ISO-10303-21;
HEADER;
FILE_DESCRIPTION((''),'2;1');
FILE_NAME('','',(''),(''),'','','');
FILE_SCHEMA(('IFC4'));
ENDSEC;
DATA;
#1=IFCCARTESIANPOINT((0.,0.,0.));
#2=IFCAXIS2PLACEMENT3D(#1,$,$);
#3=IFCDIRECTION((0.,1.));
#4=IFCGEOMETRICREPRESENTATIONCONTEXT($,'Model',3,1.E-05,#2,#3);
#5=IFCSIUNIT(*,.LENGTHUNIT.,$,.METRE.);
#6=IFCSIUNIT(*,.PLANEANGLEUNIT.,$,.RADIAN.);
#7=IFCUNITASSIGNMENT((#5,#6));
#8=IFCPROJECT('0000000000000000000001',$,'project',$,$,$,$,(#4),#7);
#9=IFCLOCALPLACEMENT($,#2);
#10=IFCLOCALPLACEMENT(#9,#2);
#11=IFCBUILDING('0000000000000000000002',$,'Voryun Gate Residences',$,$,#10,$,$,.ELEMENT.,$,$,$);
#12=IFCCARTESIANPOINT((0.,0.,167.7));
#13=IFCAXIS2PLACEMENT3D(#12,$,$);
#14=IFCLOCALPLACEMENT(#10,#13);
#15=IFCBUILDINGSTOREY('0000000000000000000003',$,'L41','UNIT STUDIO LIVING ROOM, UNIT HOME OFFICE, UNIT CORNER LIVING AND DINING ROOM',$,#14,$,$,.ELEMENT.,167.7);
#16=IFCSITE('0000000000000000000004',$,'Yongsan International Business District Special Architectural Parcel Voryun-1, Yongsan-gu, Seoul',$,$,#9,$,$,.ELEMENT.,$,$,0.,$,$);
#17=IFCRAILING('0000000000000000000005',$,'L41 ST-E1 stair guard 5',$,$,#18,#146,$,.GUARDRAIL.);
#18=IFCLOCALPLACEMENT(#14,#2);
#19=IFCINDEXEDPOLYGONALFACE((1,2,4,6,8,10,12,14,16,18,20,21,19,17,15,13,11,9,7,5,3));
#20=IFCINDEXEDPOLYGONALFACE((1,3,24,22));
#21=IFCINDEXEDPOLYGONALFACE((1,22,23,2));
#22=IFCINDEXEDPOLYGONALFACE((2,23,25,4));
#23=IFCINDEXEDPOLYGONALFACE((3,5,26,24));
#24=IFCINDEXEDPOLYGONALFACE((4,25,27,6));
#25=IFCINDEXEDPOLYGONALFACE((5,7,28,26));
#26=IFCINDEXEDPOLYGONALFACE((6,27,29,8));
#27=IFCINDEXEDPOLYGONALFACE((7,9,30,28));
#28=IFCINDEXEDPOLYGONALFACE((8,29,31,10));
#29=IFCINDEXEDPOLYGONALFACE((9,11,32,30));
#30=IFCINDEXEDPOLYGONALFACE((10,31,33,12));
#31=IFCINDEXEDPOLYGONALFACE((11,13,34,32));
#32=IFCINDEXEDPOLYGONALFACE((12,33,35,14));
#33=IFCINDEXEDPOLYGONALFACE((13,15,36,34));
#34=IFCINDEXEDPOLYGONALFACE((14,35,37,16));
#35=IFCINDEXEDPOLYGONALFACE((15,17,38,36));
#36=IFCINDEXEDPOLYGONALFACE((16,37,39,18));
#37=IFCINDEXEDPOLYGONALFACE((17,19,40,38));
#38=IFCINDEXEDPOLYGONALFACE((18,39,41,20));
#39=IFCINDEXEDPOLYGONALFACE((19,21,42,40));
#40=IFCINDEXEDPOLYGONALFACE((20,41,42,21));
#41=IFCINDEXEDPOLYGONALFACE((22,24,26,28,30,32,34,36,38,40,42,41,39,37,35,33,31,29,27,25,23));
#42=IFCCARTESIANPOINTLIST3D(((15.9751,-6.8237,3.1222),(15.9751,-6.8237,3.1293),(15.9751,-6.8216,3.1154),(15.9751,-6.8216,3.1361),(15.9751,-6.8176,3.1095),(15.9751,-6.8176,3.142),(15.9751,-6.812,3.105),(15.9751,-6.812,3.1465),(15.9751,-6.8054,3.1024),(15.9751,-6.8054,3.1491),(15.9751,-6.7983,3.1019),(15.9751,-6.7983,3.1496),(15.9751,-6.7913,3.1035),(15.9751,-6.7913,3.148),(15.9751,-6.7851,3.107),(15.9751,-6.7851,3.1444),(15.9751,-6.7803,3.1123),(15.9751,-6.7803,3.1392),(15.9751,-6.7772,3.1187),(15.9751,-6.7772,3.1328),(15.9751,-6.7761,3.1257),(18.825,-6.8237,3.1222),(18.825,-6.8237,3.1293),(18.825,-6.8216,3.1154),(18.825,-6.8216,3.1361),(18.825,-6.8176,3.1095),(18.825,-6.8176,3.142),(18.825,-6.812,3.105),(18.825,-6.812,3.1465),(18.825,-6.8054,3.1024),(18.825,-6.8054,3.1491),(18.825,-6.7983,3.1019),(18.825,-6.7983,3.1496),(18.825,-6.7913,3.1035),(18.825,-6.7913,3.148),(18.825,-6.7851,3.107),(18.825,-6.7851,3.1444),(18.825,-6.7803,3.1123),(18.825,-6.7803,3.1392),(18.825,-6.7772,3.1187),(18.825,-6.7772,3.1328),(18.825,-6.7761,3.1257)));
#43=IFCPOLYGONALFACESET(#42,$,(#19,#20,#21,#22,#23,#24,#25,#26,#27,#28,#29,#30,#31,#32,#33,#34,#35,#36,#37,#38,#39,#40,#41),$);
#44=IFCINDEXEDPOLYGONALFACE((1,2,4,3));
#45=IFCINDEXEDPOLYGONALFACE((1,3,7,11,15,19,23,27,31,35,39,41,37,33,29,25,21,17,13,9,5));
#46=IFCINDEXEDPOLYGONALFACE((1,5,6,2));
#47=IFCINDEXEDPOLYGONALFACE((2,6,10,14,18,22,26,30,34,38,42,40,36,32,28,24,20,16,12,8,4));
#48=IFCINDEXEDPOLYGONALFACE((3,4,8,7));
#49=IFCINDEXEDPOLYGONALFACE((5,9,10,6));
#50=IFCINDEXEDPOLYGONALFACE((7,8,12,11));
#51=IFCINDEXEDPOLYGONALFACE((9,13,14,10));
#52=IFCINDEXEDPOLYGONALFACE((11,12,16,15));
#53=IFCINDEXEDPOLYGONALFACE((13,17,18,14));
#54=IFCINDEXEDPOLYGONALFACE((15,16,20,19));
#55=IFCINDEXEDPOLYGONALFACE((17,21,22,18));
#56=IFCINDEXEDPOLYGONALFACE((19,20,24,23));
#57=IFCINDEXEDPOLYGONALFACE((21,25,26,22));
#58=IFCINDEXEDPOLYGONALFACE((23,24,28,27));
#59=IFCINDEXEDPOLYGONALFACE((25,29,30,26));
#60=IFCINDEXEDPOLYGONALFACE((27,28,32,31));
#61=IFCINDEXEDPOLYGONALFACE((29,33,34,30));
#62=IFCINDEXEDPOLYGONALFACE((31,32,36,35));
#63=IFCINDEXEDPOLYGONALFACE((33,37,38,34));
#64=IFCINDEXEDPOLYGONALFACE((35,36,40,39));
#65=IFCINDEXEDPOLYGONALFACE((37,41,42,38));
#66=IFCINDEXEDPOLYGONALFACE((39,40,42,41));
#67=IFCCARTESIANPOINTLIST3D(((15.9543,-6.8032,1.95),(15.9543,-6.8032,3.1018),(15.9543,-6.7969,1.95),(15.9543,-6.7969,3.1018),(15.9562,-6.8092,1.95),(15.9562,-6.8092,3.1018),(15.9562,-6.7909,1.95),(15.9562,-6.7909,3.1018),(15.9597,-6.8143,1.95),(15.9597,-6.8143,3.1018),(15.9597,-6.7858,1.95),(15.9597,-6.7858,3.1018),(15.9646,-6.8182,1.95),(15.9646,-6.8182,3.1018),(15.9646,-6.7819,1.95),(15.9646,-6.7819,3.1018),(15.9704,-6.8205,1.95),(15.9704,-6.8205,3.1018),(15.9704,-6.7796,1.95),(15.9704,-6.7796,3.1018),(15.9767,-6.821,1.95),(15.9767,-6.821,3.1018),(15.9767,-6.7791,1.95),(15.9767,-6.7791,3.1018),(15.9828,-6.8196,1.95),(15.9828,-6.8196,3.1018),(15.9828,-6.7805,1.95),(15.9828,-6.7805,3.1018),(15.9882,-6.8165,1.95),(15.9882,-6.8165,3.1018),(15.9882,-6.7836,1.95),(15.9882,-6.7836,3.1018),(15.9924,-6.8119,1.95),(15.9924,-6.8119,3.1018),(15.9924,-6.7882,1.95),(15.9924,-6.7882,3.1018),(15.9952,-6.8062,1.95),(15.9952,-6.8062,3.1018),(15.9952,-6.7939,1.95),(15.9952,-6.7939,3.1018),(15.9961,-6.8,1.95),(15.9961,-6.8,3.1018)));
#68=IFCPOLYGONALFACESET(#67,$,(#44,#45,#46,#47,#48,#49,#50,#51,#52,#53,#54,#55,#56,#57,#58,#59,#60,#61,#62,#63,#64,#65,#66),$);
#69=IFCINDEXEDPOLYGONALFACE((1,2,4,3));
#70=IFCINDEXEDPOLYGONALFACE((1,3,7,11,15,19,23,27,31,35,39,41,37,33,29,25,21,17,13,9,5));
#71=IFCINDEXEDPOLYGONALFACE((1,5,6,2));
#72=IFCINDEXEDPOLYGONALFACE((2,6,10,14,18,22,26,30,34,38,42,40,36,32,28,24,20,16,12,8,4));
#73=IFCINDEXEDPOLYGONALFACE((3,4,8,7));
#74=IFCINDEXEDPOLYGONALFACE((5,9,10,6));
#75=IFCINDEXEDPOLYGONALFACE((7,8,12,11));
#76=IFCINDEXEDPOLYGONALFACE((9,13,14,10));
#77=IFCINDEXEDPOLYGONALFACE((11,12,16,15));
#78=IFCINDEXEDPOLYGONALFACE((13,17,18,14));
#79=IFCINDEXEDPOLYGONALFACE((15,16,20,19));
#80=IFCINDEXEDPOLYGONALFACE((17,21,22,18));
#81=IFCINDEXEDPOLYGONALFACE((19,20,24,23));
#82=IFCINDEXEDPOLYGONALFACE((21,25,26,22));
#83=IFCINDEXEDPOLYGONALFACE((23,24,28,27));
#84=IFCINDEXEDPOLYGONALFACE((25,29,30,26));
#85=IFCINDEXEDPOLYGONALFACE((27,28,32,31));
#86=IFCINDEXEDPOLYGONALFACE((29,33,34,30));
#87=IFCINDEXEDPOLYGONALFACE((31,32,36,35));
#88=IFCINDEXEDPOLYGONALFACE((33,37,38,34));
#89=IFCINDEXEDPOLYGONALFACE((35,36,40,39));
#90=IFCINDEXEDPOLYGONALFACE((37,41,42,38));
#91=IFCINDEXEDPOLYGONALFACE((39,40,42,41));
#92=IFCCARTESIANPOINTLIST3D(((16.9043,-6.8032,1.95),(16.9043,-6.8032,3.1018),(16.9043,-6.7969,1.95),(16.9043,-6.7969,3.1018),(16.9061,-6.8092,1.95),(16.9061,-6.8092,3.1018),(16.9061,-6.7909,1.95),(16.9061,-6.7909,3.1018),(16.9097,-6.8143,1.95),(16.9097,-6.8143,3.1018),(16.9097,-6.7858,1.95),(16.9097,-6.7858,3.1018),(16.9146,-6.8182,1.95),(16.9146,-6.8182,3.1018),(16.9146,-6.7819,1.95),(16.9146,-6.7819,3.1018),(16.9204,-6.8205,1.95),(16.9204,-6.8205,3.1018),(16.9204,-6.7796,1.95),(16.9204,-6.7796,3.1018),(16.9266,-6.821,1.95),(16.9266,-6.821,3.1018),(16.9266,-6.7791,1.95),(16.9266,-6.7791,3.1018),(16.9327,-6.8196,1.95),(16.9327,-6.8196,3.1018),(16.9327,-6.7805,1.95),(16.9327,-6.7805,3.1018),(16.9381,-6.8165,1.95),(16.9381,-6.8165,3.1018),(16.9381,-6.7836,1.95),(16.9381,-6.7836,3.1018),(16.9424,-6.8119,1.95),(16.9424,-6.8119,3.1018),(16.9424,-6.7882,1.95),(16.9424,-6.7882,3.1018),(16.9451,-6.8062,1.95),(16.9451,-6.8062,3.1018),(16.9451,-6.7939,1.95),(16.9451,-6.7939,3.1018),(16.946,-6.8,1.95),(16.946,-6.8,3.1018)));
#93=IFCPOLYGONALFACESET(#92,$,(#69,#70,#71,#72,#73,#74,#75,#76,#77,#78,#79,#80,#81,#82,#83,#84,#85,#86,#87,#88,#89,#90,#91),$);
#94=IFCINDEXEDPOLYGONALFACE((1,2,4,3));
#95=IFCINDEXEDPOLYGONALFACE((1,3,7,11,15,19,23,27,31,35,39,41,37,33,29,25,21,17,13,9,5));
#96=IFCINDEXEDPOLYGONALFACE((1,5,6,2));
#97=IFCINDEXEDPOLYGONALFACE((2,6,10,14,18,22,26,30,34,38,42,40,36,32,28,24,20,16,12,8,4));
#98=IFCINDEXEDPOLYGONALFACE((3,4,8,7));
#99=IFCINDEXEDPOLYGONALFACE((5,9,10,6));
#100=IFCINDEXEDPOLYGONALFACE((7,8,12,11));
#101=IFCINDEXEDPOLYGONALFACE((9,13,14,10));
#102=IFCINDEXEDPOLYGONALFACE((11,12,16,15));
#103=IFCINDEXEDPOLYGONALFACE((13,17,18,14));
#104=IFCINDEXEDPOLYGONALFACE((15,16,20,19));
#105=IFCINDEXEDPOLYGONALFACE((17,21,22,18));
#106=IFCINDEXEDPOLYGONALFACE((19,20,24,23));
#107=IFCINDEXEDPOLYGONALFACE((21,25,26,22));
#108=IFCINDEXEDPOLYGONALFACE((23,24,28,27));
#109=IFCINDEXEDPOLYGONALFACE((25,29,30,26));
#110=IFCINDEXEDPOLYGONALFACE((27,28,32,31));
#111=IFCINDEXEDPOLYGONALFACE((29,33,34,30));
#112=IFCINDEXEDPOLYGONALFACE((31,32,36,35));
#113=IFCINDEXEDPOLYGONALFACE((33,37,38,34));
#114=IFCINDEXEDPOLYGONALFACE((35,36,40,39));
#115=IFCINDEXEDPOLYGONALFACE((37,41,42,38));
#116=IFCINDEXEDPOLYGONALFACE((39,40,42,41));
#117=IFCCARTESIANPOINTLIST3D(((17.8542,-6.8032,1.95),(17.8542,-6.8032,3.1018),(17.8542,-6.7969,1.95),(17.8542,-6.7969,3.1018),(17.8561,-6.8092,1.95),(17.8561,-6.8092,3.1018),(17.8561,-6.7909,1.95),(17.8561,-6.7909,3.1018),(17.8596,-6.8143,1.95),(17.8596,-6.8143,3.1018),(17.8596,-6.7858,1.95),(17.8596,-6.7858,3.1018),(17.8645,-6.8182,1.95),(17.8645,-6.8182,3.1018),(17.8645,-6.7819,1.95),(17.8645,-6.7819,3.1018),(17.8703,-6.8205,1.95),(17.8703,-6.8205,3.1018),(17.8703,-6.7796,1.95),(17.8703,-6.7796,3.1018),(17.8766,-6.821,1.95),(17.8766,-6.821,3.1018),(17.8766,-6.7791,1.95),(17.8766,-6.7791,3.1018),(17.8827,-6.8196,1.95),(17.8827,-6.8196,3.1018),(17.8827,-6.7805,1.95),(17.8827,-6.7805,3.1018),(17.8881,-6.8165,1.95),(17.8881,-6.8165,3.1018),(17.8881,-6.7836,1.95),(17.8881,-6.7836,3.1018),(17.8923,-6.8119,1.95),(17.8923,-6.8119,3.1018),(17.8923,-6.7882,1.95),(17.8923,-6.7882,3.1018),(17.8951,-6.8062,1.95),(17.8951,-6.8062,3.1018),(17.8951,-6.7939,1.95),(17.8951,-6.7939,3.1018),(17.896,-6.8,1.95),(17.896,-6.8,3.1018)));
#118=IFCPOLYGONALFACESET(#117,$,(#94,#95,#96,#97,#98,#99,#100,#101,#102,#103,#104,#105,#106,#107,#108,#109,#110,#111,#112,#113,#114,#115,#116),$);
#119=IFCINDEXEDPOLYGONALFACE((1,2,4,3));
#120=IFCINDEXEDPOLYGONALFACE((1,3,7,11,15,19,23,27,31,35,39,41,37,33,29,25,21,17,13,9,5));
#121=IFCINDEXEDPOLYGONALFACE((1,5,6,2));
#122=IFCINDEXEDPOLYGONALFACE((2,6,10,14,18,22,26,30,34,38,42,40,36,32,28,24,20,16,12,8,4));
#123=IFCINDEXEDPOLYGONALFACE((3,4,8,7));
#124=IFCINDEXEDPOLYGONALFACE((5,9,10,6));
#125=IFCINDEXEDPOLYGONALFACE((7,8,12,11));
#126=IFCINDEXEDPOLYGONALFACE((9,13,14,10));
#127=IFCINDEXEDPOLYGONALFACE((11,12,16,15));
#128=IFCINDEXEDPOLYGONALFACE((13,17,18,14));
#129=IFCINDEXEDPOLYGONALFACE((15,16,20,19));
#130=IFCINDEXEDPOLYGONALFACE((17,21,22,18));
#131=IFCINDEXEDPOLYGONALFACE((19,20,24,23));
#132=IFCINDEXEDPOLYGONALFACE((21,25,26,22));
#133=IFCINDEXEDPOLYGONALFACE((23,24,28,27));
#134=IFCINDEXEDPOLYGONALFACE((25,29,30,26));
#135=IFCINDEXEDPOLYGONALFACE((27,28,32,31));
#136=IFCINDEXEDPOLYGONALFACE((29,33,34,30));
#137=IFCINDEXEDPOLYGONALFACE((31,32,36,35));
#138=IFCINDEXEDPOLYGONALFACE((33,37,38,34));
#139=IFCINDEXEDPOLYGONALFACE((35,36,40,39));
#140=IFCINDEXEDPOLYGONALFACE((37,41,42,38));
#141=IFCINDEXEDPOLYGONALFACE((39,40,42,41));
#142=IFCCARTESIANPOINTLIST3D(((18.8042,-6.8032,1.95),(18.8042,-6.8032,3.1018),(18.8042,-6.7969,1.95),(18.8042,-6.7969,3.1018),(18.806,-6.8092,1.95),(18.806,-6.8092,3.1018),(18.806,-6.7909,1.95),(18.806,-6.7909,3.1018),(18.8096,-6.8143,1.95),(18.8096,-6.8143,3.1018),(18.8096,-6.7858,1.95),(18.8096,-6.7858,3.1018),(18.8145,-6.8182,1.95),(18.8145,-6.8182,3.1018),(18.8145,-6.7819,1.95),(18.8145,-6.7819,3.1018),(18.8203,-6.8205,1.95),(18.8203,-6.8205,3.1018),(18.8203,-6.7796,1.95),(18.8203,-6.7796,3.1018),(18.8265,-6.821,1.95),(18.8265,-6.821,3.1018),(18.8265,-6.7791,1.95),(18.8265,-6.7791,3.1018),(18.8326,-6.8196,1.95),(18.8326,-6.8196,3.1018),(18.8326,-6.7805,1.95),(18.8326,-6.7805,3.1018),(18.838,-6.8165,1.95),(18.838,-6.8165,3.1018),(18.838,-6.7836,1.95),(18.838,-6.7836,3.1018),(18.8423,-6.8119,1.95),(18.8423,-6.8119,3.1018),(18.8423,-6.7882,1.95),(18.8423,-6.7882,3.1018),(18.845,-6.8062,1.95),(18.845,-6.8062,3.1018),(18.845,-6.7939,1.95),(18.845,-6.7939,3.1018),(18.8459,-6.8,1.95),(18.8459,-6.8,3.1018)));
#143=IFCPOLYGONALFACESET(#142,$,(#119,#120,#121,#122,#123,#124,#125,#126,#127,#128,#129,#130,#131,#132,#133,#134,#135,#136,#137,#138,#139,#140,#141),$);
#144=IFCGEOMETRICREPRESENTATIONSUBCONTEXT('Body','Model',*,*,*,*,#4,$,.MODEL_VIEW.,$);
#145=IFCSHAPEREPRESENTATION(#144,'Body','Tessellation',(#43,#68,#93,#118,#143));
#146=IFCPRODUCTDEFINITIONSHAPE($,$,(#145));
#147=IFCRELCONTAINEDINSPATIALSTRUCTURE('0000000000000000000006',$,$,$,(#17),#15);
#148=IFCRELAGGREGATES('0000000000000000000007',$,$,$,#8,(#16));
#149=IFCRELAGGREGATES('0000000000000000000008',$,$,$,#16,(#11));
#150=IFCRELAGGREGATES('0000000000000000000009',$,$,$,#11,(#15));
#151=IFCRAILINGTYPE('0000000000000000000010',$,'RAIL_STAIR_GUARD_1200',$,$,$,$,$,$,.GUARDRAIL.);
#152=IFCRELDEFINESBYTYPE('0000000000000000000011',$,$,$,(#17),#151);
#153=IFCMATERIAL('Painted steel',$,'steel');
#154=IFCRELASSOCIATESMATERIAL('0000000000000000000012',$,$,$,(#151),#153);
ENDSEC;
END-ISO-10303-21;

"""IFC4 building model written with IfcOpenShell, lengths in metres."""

from ifc_helpers import new_model, si_unit, direction, frame, origin, origin_2d, place, context, subcontext, project, spatial, circle, extrude, material, type_object, element, save


model = new_model("IFC4")

# Units and contexts
model_context = context("Model", 3, precision=1e-05, world=origin(), true_north=direction((0.0, 1.0)))
body_context = subcontext(model_context, "Body", "Model", "MODEL_VIEW")
ifc_project = project(units=[si_unit("LENGTHUNIT", "METRE"), si_unit("PLANEANGLEUNIT", "RADIAN")], contexts=[model_context])

# Site, building, storey
site_placement = place(None, origin())
site = spatial("IfcSite", under=ifc_project, at=site_placement, Name="Yongsan International Business District Special Architectural Parcel Voryun-1, Yongsan-gu, Seoul", CompositionType="ELEMENT", RefElevation=0.0)
building_placement = place(site_placement, origin())
building = spatial("IfcBuilding", under=site, at=building_placement, Name="Voryun Gate Residences", CompositionType="ELEMENT")
storey_placement = place(building_placement, frame((0.0, 0.0, 167.7)))
storey = spatial("IfcBuildingStorey", under=building, at=storey_placement, Name="L41", Description="UNIT STUDIO LIVING ROOM, UNIT HOME OFFICE, UNIT CORNER LIVING AND DINING ROOM", CompositionType="ELEMENT", Elevation=167.7)

# Railing
ifc_material_1 = material(Name="Painted steel", Category="steel")
railing_type_1 = type_object("IfcRailingType", Name="RAIL_STAIR_GUARD_1200", PredefinedType="GUARDRAIL", material=ifc_material_1)
railing_1_placement = place(storey_placement, frame((15.9751, -6.8, 1.95)))
element("IfcRailing", 1, at=railing_1_placement, inside=storey, type_object=railing_type_1, Name="L41 ST-E1 stair guard 5", PredefinedType="GUARDRAIL", context=body_context, shape_type="SweptSolid", body=[
    extrude(circle(Radius=0.0239, at=origin_2d()), frame((0.0, 0.0, 1.1758), z_axis=(1.0, 0.0, 0.0), x_axis=(0.0, 1.0, 0.0)), (0.0, 0.0, 1.0), 2.8499),
    extrude(circle(Radius=0.021, at=origin_2d()), origin(), (0.0, 0.0, 1.0), 1.1519),
    extrude(circle(Radius=0.021, at=origin_2d()), frame((0.95, 0.0, 0.0)), (0.0, 0.0, 1.0), 1.1519),
    extrude(circle(Radius=0.021, at=origin_2d()), frame((1.8999, 0.0, 0.0)), (0.0, 0.0, 1.0), 1.1519),
    extrude(circle(Radius=0.021, at=origin_2d()), frame((2.8499, 0.0, 0.0)), (0.0, 0.0, 1.0), 1.1519),
])

save(model, "model.ifc")
